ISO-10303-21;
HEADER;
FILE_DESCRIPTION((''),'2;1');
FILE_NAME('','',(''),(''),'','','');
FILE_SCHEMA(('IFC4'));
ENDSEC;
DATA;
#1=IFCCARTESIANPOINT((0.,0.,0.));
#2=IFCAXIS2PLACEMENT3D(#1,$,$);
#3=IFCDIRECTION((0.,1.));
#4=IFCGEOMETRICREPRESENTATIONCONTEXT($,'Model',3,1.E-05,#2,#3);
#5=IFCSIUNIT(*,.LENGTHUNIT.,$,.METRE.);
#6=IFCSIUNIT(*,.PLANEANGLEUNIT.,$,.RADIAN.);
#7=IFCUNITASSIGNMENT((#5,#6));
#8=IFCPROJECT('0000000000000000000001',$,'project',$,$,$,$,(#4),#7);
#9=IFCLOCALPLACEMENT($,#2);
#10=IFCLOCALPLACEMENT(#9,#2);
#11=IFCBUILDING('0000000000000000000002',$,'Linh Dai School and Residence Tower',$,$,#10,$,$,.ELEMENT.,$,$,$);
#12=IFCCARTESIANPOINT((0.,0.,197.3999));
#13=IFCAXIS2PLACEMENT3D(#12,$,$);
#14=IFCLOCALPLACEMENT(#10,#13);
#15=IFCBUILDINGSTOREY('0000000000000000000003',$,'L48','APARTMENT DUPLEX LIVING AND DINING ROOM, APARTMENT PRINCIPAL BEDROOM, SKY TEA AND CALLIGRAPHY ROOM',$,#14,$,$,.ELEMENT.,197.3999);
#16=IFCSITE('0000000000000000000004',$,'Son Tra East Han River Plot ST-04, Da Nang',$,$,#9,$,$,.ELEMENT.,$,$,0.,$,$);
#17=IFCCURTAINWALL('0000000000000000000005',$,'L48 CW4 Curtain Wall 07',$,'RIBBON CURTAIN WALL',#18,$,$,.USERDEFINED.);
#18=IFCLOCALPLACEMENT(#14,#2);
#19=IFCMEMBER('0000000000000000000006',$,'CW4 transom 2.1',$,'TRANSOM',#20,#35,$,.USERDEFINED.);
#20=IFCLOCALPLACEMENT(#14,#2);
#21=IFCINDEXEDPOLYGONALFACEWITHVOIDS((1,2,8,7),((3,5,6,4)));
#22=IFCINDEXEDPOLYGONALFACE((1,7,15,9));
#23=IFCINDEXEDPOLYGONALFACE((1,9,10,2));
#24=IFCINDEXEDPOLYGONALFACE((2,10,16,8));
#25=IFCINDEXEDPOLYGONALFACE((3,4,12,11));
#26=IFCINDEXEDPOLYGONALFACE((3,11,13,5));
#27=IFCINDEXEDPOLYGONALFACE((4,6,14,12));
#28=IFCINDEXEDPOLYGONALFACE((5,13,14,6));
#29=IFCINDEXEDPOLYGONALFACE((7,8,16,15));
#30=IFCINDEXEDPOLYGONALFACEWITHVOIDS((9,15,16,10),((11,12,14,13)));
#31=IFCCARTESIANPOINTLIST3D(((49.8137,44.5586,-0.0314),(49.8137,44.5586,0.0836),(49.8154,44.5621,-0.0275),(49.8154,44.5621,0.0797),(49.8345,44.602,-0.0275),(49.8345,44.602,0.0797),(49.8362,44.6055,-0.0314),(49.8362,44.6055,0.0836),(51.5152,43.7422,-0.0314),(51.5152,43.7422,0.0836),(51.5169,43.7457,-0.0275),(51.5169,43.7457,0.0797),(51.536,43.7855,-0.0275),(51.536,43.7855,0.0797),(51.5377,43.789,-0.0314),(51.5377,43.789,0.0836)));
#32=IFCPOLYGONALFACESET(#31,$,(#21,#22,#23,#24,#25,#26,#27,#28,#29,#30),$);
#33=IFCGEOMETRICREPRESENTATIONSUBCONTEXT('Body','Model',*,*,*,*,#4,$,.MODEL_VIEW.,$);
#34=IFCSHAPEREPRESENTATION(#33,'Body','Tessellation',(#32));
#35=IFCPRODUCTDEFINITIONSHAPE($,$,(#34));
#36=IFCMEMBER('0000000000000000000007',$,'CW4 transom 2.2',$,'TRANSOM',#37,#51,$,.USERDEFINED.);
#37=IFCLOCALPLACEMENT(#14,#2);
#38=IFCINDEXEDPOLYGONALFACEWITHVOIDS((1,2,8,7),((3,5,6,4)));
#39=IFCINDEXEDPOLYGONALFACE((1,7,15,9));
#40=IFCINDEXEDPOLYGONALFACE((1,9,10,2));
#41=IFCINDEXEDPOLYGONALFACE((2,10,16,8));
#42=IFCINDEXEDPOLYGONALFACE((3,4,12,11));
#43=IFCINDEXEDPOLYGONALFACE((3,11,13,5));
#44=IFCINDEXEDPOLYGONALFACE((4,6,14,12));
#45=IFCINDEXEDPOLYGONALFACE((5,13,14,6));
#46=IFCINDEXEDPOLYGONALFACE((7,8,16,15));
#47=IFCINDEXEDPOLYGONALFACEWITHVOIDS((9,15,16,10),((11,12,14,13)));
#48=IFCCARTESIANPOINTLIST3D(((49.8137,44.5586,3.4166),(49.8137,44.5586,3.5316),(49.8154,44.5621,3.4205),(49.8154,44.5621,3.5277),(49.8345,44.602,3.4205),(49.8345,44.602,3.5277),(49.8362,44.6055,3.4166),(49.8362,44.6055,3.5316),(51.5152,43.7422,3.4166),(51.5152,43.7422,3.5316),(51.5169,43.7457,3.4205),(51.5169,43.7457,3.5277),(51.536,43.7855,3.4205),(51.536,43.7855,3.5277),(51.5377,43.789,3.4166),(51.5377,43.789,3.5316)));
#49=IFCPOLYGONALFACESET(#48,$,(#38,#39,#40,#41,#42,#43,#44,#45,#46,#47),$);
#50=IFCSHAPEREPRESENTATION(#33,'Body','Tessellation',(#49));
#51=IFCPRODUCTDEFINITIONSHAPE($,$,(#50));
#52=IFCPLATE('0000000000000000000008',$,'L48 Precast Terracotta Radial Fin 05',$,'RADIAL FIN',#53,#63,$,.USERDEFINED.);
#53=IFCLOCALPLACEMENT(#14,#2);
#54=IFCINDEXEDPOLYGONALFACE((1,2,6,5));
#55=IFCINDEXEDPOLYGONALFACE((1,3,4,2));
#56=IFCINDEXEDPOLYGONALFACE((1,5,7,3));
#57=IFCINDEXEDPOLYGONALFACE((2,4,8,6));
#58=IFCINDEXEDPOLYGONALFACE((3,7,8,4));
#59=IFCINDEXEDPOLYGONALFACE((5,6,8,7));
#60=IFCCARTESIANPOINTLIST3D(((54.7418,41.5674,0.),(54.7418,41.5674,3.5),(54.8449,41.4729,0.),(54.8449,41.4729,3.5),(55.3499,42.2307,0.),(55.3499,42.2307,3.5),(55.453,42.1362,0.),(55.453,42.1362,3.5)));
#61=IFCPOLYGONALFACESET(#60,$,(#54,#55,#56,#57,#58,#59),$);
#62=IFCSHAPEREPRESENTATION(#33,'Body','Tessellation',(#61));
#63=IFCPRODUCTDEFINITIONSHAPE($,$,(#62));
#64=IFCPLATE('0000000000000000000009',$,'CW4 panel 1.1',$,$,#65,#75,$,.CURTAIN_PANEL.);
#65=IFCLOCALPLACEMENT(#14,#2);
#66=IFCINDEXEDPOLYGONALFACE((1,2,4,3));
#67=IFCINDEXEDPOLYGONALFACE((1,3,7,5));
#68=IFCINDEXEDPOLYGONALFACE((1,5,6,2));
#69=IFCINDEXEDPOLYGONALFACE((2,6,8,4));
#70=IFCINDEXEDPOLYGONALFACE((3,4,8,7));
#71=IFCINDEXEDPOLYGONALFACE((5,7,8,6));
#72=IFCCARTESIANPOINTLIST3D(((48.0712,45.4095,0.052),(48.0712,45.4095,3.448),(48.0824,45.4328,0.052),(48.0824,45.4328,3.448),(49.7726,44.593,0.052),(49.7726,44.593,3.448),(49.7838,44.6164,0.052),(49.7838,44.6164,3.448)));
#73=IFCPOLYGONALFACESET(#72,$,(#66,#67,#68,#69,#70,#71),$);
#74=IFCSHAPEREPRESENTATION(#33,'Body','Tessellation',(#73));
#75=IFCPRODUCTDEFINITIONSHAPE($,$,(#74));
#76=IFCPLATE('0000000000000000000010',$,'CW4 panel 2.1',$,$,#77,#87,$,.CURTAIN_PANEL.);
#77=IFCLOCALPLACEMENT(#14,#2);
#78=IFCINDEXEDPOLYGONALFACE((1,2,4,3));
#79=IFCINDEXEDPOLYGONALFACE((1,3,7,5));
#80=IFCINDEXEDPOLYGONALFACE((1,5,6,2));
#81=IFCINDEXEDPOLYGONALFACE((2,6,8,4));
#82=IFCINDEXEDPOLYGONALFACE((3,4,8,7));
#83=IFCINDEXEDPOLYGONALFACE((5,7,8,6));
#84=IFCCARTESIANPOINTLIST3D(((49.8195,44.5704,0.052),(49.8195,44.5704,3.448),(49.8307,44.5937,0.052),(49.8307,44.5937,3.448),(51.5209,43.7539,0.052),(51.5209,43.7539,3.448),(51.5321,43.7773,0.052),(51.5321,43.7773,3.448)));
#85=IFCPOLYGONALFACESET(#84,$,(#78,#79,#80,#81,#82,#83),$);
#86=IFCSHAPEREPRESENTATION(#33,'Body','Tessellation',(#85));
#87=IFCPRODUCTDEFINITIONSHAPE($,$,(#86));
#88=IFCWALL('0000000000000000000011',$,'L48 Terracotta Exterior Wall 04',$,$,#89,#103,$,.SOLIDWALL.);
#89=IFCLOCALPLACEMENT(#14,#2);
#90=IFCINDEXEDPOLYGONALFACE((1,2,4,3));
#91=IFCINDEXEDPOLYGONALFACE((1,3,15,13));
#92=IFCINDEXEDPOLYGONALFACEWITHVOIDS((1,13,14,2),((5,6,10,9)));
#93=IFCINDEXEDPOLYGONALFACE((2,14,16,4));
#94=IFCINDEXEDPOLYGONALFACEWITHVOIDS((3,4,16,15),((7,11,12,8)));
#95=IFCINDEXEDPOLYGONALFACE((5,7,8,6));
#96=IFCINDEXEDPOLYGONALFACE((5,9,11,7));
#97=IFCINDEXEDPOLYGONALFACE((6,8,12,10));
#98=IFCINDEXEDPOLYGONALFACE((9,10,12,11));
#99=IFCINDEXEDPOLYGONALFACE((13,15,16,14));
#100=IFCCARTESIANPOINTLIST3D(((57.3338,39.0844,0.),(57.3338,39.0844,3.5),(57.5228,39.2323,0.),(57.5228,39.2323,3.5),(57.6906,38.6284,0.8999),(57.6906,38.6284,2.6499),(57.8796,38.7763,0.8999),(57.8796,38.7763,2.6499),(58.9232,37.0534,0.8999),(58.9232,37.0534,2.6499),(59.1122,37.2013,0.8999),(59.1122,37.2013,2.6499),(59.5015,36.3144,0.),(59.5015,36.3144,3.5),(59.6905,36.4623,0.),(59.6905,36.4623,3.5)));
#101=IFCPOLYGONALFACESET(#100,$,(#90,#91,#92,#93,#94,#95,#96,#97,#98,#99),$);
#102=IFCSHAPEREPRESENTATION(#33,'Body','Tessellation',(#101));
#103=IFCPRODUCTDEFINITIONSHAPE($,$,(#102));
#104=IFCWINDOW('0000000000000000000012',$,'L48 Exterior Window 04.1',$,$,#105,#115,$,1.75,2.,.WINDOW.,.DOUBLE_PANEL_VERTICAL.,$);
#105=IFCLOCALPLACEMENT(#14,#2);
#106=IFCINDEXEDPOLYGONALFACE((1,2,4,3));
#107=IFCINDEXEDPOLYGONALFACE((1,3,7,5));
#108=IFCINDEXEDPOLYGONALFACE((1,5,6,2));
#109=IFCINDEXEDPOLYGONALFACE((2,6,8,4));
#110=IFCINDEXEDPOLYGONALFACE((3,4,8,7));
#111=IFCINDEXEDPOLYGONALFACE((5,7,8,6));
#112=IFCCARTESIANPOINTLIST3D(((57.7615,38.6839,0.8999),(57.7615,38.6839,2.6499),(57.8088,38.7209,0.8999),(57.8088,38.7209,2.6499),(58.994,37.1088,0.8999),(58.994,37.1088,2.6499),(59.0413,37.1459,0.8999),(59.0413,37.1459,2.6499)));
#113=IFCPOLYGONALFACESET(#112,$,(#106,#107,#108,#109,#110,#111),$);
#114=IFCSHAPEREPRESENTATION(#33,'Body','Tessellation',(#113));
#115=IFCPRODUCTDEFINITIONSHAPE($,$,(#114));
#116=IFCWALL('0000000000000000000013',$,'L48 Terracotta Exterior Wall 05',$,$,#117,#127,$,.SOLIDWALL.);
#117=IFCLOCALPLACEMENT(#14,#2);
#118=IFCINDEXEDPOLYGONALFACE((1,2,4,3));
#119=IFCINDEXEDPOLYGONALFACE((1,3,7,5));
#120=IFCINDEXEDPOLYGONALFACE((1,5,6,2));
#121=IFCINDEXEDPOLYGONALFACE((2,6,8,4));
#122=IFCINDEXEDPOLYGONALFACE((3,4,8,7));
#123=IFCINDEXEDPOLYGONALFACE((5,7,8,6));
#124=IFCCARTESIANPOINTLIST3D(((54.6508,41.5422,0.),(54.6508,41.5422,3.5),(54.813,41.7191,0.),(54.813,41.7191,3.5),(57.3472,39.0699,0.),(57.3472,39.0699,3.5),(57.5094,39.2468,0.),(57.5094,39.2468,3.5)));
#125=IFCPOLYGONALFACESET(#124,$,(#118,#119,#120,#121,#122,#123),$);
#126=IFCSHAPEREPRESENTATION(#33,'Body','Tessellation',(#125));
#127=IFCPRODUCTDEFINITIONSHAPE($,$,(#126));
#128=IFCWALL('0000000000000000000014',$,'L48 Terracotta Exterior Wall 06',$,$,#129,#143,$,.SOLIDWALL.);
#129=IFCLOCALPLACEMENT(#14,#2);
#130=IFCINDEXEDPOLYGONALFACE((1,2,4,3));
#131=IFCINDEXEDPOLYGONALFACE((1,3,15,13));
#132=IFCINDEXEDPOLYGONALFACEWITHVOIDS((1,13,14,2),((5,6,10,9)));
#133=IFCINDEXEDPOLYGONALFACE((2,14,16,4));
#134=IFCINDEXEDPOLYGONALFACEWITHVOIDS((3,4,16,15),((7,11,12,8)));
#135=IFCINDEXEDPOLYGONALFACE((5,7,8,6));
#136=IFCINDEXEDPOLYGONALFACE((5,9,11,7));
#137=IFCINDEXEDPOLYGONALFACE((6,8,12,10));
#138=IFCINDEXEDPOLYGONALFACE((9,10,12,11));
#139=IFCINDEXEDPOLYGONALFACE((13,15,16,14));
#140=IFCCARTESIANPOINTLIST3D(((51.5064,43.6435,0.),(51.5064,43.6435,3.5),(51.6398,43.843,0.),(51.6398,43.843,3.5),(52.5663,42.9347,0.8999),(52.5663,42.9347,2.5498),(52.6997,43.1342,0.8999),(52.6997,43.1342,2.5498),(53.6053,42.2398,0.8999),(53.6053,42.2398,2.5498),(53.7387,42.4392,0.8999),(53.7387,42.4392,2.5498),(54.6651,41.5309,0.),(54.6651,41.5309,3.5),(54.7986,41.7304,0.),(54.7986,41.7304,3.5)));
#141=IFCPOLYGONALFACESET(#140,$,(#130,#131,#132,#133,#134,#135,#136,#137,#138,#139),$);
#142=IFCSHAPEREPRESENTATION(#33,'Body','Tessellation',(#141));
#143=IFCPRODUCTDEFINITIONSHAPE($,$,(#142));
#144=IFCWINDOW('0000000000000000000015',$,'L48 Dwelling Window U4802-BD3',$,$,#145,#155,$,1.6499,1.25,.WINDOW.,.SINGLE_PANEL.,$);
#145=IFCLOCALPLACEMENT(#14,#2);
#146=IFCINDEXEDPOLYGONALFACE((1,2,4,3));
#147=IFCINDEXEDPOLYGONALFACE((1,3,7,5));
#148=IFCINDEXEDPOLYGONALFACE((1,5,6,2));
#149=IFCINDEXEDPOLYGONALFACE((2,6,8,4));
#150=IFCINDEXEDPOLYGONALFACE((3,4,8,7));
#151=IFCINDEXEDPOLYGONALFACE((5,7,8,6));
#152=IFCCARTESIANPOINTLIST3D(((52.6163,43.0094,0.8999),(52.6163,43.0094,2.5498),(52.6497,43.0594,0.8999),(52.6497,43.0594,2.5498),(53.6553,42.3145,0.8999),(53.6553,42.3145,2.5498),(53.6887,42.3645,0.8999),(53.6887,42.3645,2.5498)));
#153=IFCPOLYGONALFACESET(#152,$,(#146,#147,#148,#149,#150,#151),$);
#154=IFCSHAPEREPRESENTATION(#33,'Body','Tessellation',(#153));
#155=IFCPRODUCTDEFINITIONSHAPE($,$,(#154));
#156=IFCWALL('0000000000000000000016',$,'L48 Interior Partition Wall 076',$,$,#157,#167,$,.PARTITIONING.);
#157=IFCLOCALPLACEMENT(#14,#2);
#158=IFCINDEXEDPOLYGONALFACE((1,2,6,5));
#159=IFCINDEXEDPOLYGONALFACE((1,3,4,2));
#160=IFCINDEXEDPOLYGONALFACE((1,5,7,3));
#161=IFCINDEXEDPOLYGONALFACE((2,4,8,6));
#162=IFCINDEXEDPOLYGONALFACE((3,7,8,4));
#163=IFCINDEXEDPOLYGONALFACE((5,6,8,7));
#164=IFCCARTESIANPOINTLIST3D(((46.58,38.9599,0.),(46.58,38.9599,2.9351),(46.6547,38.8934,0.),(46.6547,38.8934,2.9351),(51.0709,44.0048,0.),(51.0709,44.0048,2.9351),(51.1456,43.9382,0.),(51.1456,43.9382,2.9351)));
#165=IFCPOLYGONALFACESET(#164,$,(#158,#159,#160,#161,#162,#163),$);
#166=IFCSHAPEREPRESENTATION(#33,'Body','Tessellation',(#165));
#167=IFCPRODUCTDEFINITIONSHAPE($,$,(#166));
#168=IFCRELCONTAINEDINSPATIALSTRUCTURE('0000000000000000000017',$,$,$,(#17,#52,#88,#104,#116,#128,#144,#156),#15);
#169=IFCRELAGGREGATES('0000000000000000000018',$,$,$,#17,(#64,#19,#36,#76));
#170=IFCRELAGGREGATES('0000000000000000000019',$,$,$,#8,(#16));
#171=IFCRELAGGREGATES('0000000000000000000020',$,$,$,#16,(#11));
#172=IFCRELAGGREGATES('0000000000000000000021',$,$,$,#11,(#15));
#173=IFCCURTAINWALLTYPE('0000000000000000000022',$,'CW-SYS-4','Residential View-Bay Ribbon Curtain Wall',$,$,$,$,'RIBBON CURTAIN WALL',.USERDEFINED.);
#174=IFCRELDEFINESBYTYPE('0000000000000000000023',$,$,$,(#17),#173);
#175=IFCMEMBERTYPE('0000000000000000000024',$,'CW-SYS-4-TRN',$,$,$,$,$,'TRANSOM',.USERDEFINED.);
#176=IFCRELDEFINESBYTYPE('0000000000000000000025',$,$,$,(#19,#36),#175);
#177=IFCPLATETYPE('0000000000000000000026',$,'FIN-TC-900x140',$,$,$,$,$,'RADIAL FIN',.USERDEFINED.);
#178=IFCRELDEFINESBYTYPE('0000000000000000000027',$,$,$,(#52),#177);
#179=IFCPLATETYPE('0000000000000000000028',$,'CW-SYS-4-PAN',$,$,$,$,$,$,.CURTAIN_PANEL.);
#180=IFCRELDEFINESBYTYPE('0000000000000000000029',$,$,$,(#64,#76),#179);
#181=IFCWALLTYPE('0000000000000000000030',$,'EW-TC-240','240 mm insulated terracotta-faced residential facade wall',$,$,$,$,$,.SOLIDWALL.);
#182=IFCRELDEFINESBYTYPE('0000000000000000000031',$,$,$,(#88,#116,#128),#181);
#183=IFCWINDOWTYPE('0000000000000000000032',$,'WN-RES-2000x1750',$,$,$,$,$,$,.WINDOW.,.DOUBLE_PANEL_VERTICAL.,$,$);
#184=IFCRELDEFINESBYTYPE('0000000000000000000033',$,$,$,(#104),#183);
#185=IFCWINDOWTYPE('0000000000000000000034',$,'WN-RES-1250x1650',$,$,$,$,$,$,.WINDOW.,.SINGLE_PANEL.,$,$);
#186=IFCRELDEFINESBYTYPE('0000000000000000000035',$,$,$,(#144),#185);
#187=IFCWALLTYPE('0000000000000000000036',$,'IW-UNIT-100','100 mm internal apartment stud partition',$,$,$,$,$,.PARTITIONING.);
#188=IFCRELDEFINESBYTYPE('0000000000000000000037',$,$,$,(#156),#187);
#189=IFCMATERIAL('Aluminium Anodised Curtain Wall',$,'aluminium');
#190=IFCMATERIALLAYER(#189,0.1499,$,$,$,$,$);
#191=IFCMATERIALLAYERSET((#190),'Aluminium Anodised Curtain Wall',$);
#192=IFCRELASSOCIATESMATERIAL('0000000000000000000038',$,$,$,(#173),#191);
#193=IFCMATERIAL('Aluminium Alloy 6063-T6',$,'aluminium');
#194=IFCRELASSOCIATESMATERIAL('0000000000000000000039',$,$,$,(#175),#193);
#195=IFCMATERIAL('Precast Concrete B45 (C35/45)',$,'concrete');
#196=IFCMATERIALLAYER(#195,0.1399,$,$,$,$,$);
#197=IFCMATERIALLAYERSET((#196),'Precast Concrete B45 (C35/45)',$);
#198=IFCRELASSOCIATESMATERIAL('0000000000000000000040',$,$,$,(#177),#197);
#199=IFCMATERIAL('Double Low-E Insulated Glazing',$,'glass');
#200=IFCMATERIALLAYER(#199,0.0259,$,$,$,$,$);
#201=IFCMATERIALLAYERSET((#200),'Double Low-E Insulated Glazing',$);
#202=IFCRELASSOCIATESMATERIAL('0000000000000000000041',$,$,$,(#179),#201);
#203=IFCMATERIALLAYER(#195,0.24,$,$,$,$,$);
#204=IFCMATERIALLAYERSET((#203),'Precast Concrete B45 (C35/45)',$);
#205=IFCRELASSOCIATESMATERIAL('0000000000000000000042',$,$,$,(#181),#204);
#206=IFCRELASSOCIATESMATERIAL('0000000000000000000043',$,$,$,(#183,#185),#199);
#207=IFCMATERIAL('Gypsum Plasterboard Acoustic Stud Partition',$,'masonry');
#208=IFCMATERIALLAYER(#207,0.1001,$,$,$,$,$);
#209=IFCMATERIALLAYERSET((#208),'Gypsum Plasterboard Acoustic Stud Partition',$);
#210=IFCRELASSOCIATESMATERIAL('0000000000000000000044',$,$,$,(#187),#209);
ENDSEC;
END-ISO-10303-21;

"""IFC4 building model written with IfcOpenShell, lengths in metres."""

from ifc_helpers import new_model, si_unit, direction, frame, frame_2d, origin, origin_2d, place, context, subcontext, project, spatial, rectangle, hollow_rectangle, extrude, source, transform, mapped, material, layer, layer_set, material_profile, profile_set, type_object, element, fill, aggregate, save


model = new_model("IFC4")

# Units and contexts
model_context = context("Model", 3, precision=1e-05, world=origin(), true_north=direction((0.0, 1.0)))
body_context = subcontext(model_context, "Body", "Model", "MODEL_VIEW")
ifc_project = project(units=[si_unit("LENGTHUNIT", "METRE"), si_unit("PLANEANGLEUNIT", "RADIAN")], contexts=[model_context])

# Site, building, storey
site_placement = place(None, origin())
site = spatial("IfcSite", under=ifc_project, at=site_placement, Name="Son Tra East Han River Plot ST-04, Da Nang", CompositionType="ELEMENT", RefElevation=0.0)
building_placement = place(site_placement, origin())
building = spatial("IfcBuilding", under=site, at=building_placement, Name="Linh Dai School and Residence Tower", CompositionType="ELEMENT")
storey_placement = place(building_placement, frame((0.0, 0.0, 197.3999)))
storey = spatial("IfcBuildingStorey", under=building, at=storey_placement, Name="L48", Description="APARTMENT DUPLEX LIVING AND DINING ROOM, APARTMENT PRINCIPAL BEDROOM, SKY TEA AND CALLIGRAPHY ROOM", CompositionType="ELEMENT", Elevation=197.3999)

# Curtain wall, members
ifc_material_1 = material(Name="Aluminium Anodised Curtain Wall", Category="aluminium")
ifc_layer_1 = layer(ifc_material_1, 0.1499)
ifc_layer_set_1 = layer_set([ifc_layer_1], Name="Aluminium Anodised Curtain Wall")
curtain_wall_type = type_object("IfcCurtainWallType", Name="CW-SYS-4", Description="Residential View-Bay Ribbon Curtain Wall", ElementType="RIBBON CURTAIN WALL", PredefinedType="USERDEFINED", material=ifc_layer_set_1)
curtain_wall_placement = place(storey_placement, origin())
curtain_wall = element("IfcCurtainWall", 1, at=curtain_wall_placement, inside=storey, type_object=curtain_wall_type, Name="L48 CW4 Curtain Wall 07", ObjectType="RIBBON CURTAIN WALL", PredefinedType="USERDEFINED")
ifc_material_2 = material(Name="Aluminium Alloy 6063-T6", Category="aluminium")
ifc_material_profile_1 = material_profile(ifc_material_2, hollow_rectangle(XDim=0.052, YDim=0.115, WallThickness=0.0039, at=origin_2d()), Name="RHS 115x52x4")
ifc_profile_set_1 = profile_set([ifc_material_profile_1], Name="Aluminium Alloy 6063-T6")
member_type_1 = type_object("IfcMemberType", Name="CW-SYS-4-TRN", ElementType="TRANSOM", PredefinedType="USERDEFINED", material=ifc_profile_set_1)
shared_shape_1 = source(origin(), body_context, "Body", "SweptSolid", [
    extrude(hollow_rectangle(XDim=0.052, YDim=0.115, WallThickness=0.0039, at=origin_2d()), origin(), (0.0, 0.0, 1.0), 1.8872),
])
member_1_placement = place(storey_placement, frame((49.825, 44.582, 0.0261), z_axis=(0.90158, -0.432613, 0.0), x_axis=(0.432613, 0.90158, 0.0)))
member_1 = element("IfcMember", 2, at=member_1_placement, type_object=member_type_1, Name="CW4 transom 2.1", ObjectType="TRANSOM", PredefinedType="USERDEFINED", context=body_context, shape_type="MappedRepresentation", body=[
    mapped(shared_shape_1, transform((0.0, 0.0, 0.0), x_axis=(1.0, 0.0, 0.0), y_axis=(0.0, 1.0, 0.0), z_axis=(0.0, 0.0, 1.0), scale=1.0)),
])
member_2_placement = place(storey_placement, frame((49.825, 44.582, 3.4741), z_axis=(0.90158, -0.432613, 0.0), x_axis=(0.432613, 0.90158, 0.0)))
member_2 = element("IfcMember", 3, at=member_2_placement, type_object=member_type_1, Name="CW4 transom 2.2", ObjectType="TRANSOM", PredefinedType="USERDEFINED", context=body_context, shape_type="MappedRepresentation", body=[
    mapped(shared_shape_1, transform((0.0, 0.0, 0.0), x_axis=(1.0, 0.0, 0.0), y_axis=(0.0, 1.0, 0.0), z_axis=(0.0, 0.0, 1.0), scale=1.0)),
])

# Plates
ifc_material_3 = material(Name="Precast Concrete B45 (C35/45)", Category="concrete")
ifc_layer_2 = layer(ifc_material_3, 0.1399)
ifc_layer_set_2 = layer_set([ifc_layer_2], Name="Precast Concrete B45 (C35/45)")
plate_type_1 = type_object("IfcPlateType", Name="FIN-TC-900x140", ElementType="RADIAL FIN", PredefinedType="USERDEFINED", material=ifc_layer_set_2)
shared_shape_2 = source(origin(), body_context, "Body", "SweptSolid", [
    extrude(rectangle(XDim=0.8999, YDim=0.1399, at=origin_2d()), origin(), (0.0, 0.0, 1.0), 3.5),
])
plate_1_placement = place(storey_placement, frame((55.0974, 41.8518, 0.0), z_axis=(0.0, 0.0, 1.0), x_axis=(0.6758, 0.737085, 0.0)))
element("IfcPlate", 4, at=plate_1_placement, inside=storey, type_object=plate_type_1, Name="L48 Precast Terracotta Radial Fin 05", ObjectType="RADIAL FIN", PredefinedType="USERDEFINED", context=body_context, shape_type="MappedRepresentation", body=[
    mapped(shared_shape_2, transform((0.0, 0.0, 0.0), x_axis=(1.0, 0.0, 0.0), y_axis=(0.0, 1.0, 0.0), z_axis=(0.0, 0.0, 1.0), scale=1.0)),
])
ifc_material_4 = material(Name="Double Low-E Insulated Glazing", Category="glass")
ifc_layer_3 = layer(ifc_material_4, 0.0259)
ifc_layer_set_3 = layer_set([ifc_layer_3], Name="Double Low-E Insulated Glazing")
plate_type_2 = type_object("IfcPlateType", Name="CW-SYS-4-PAN", PredefinedType="CURTAIN_PANEL", material=ifc_layer_set_3)
shared_shape_3 = source(origin(), body_context, "Body", "SweptSolid", [
    extrude(rectangle(XDim=1.8872, YDim=0.0259, at=origin_2d()), origin(), (0.0, 0.0, 1.0), 3.396),
])
plate_2_placement = place(storey_placement, frame((48.9275, 45.0129, 0.052), z_axis=(0.0, 0.0, 1.0), x_axis=(0.901569, -0.432635, 0.0)))
plate_2 = element("IfcPlate", 5, at=plate_2_placement, type_object=plate_type_2, Name="CW4 panel 1.1", PredefinedType="CURTAIN_PANEL", context=body_context, shape_type="MappedRepresentation", body=[
    mapped(shared_shape_3, transform((0.0, 0.0, 0.0), x_axis=(1.0, 0.0, 0.0), y_axis=(0.0, 1.0, 0.0), z_axis=(0.0, 0.0, 1.0), scale=1.0)),
])
plate_3_placement = place(storey_placement, frame((50.6758, 44.1738, 0.052), z_axis=(0.0, 0.0, 1.0), x_axis=(0.901569, -0.432635, 0.0)))
plate_3 = element("IfcPlate", 6, at=plate_3_placement, type_object=plate_type_2, Name="CW4 panel 2.1", PredefinedType="CURTAIN_PANEL", context=body_context, shape_type="MappedRepresentation", body=[
    mapped(shared_shape_3, transform((0.0, 0.0, 0.0), x_axis=(1.0, 0.0, 0.0), y_axis=(0.0, 1.0, 0.0), z_axis=(0.0, 0.0, 1.0), scale=1.0)),
])
aggregate(curtain_wall, [plate_2, member_1, member_2, plate_3])

# Wall, opening, window
ifc_layer_4 = layer(ifc_material_3, 0.24)
ifc_layer_set_4 = layer_set([ifc_layer_4], Name="Precast Concrete B45 (C35/45)")
wall_type_1 = type_object("IfcWallType", Name="EW-TC-240", Description="240 mm insulated terracotta-faced residential facade wall", PredefinedType="SOLIDWALL", material=ifc_layer_set_4)
wall_1_placement = place(storey_placement, frame((57.4282, 39.1584, 0.0), z_axis=(0.0, 0.0, 1.0), x_axis=(0.616288, -0.787521, 0.0)))
wall_1 = element("IfcWall", 7, at=wall_1_placement, inside=storey, type_object=wall_type_1, Name="L48 Terracotta Exterior Wall 04", PredefinedType="SOLIDWALL", context=body_context, shape_type="SweptSolid", body=[
    extrude(rectangle(XDim=3.5173, YDim=0.24, at=frame_2d((1.7588, 0.0))), origin(), (0.0, 0.0, 1.0), 3.5),
])
opening_1_placement = place(wall_1_placement, frame((0.5791, 0.0, 0.8999)))
opening_1 = element("IfcOpeningElement", 8, at=opening_1_placement, cuts=wall_1, PredefinedType="OPENING", context=body_context, shape_type="SweptSolid", body=[
    extrude(rectangle(XDim=2.0, YDim=1.75, at=origin_2d()), frame((1.0, 0.1299, 0.875), z_axis=(0.0, -1.0, 0.0), x_axis=(1.0, 0.0, 0.0)), (0.0, 0.0, 1.0), 0.26),
])
window_type_1 = type_object("IfcWindowType", Name="WN-RES-2000x1750", PartitioningType="DOUBLE_PANEL_VERTICAL", PredefinedType="WINDOW", material=ifc_material_4)
shared_shape_4 = source(origin(), body_context, "Body", "SweptSolid", [
    extrude(rectangle(XDim=2.0, YDim=1.75, at=origin_2d()), frame((1.0, 0.03, 0.875), z_axis=(0.0, -1.0, 0.0), x_axis=(1.0, 0.0, 0.0)), (0.0, 0.0, 1.0), 0.0601),
])
window_1_placement = place(opening_1_placement, origin())
window_1 = element("IfcWindow", 9, at=window_1_placement, inside=storey, type_object=window_type_1, Name="L48 Exterior Window 04.1", OverallHeight=1.75, OverallWidth=2.0, PartitioningType="DOUBLE_PANEL_VERTICAL", PredefinedType="WINDOW", context=body_context, shape_type="MappedRepresentation", body=[
    mapped(shared_shape_4, transform((0.0, 0.0, 0.0), x_axis=(1.0, 0.0, 0.0), y_axis=(0.0, 1.0, 0.0), z_axis=(0.0, 0.0, 1.0), scale=1.0)),
])
fill(opening_1, window_1)

# Wall
wall_2_placement = place(storey_placement, frame((54.7319, 41.6306, 0.0), z_axis=(0.0, 0.0, 1.0), x_axis=(0.737077, -0.675809, 0.0)))
element("IfcWall", 10, at=wall_2_placement, inside=storey, type_object=wall_type_1, Name="L48 Terracotta Exterior Wall 05", PredefinedType="SOLIDWALL", context=body_context, shape_type="SweptSolid", body=[
    extrude(rectangle(XDim=3.6582, YDim=0.24, at=frame_2d((1.8291, 0.0))), origin(), (0.0, 0.0, 1.0), 3.5),
])

# Wall, opening, window
wall_3_placement = place(storey_placement, frame((51.5732, 43.7432, 0.0), z_axis=(0.0, 0.0, 1.0), x_axis=(0.831229, -0.55593, 0.0)))
wall_3 = element("IfcWall", 11, at=wall_3_placement, inside=storey, type_object=wall_type_1, Name="L48 Terracotta Exterior Wall 06", PredefinedType="SOLIDWALL", context=body_context, shape_type="SweptSolid", body=[
    extrude(rectangle(XDim=3.8, YDim=0.24, at=frame_2d((1.8999, 0.0))), origin(), (0.0, 0.0, 1.0), 3.5),
])
opening_2_placement = place(wall_3_placement, frame((1.2749, 0.0, 0.8999)))
opening_2 = element("IfcOpeningElement", 12, at=opening_2_placement, cuts=wall_3, PredefinedType="OPENING", context=body_context, shape_type="SweptSolid", body=[
    extrude(rectangle(XDim=1.25, YDim=1.6499, at=origin_2d()), frame((0.625, 0.1299, 0.825), z_axis=(0.0, -1.0, 0.0), x_axis=(1.0, 0.0, 0.0)), (0.0, 0.0, 1.0), 0.26),
])
window_type_2 = type_object("IfcWindowType", Name="WN-RES-1250x1650", PartitioningType="SINGLE_PANEL", PredefinedType="WINDOW", material=ifc_material_4)
shared_shape_5 = source(origin(), body_context, "Body", "SweptSolid", [
    extrude(rectangle(XDim=1.25, YDim=1.6499, at=origin_2d()), frame((0.625, 0.03, 0.825), z_axis=(0.0, -1.0, 0.0), x_axis=(1.0, 0.0, 0.0)), (0.0, 0.0, 1.0), 0.0601),
])
window_2_placement = place(opening_2_placement, origin())
window_2 = element("IfcWindow", 13, at=window_2_placement, inside=storey, type_object=window_type_2, Name="L48 Dwelling Window U4802-BD3", OverallHeight=1.6499, OverallWidth=1.25, PartitioningType="SINGLE_PANEL", PredefinedType="WINDOW", context=body_context, shape_type="MappedRepresentation", body=[
    mapped(shared_shape_5, transform((0.0, 0.0, 0.0), x_axis=(1.0, 0.0, 0.0), y_axis=(0.0, 1.0, 0.0), z_axis=(0.0, 0.0, 1.0), scale=1.0)),
])
fill(opening_2, window_2)

# Wall
ifc_material_5 = material(Name="Gypsum Plasterboard Acoustic Stud Partition", Category="masonry")
ifc_layer_5 = layer(ifc_material_5, 0.1001)
ifc_layer_set_5 = layer_set([ifc_layer_5], Name="Gypsum Plasterboard Acoustic Stud Partition")
wall_type_2 = type_object("IfcWallType", Name="IW-UNIT-100", Description="100 mm internal apartment stud partition", PredefinedType="PARTITIONING", material=ifc_layer_set_5)
wall_4_placement = place(storey_placement, frame((46.6174, 38.9268, 0.0), z_axis=(0.0, 0.0, 1.0), x_axis=(0.664909, 0.746925, 0.0)))
element("IfcWall", 14, at=wall_4_placement, inside=storey, type_object=wall_type_2, Name="L48 Interior Partition Wall 076", PredefinedType="PARTITIONING", context=body_context, shape_type="SweptSolid", body=[
    extrude(rectangle(XDim=6.7542, YDim=0.1001, at=frame_2d((3.377, 0.0))), origin(), (0.0, 0.0, 1.0), 2.9351),
])

save(model, "model.ifc")
